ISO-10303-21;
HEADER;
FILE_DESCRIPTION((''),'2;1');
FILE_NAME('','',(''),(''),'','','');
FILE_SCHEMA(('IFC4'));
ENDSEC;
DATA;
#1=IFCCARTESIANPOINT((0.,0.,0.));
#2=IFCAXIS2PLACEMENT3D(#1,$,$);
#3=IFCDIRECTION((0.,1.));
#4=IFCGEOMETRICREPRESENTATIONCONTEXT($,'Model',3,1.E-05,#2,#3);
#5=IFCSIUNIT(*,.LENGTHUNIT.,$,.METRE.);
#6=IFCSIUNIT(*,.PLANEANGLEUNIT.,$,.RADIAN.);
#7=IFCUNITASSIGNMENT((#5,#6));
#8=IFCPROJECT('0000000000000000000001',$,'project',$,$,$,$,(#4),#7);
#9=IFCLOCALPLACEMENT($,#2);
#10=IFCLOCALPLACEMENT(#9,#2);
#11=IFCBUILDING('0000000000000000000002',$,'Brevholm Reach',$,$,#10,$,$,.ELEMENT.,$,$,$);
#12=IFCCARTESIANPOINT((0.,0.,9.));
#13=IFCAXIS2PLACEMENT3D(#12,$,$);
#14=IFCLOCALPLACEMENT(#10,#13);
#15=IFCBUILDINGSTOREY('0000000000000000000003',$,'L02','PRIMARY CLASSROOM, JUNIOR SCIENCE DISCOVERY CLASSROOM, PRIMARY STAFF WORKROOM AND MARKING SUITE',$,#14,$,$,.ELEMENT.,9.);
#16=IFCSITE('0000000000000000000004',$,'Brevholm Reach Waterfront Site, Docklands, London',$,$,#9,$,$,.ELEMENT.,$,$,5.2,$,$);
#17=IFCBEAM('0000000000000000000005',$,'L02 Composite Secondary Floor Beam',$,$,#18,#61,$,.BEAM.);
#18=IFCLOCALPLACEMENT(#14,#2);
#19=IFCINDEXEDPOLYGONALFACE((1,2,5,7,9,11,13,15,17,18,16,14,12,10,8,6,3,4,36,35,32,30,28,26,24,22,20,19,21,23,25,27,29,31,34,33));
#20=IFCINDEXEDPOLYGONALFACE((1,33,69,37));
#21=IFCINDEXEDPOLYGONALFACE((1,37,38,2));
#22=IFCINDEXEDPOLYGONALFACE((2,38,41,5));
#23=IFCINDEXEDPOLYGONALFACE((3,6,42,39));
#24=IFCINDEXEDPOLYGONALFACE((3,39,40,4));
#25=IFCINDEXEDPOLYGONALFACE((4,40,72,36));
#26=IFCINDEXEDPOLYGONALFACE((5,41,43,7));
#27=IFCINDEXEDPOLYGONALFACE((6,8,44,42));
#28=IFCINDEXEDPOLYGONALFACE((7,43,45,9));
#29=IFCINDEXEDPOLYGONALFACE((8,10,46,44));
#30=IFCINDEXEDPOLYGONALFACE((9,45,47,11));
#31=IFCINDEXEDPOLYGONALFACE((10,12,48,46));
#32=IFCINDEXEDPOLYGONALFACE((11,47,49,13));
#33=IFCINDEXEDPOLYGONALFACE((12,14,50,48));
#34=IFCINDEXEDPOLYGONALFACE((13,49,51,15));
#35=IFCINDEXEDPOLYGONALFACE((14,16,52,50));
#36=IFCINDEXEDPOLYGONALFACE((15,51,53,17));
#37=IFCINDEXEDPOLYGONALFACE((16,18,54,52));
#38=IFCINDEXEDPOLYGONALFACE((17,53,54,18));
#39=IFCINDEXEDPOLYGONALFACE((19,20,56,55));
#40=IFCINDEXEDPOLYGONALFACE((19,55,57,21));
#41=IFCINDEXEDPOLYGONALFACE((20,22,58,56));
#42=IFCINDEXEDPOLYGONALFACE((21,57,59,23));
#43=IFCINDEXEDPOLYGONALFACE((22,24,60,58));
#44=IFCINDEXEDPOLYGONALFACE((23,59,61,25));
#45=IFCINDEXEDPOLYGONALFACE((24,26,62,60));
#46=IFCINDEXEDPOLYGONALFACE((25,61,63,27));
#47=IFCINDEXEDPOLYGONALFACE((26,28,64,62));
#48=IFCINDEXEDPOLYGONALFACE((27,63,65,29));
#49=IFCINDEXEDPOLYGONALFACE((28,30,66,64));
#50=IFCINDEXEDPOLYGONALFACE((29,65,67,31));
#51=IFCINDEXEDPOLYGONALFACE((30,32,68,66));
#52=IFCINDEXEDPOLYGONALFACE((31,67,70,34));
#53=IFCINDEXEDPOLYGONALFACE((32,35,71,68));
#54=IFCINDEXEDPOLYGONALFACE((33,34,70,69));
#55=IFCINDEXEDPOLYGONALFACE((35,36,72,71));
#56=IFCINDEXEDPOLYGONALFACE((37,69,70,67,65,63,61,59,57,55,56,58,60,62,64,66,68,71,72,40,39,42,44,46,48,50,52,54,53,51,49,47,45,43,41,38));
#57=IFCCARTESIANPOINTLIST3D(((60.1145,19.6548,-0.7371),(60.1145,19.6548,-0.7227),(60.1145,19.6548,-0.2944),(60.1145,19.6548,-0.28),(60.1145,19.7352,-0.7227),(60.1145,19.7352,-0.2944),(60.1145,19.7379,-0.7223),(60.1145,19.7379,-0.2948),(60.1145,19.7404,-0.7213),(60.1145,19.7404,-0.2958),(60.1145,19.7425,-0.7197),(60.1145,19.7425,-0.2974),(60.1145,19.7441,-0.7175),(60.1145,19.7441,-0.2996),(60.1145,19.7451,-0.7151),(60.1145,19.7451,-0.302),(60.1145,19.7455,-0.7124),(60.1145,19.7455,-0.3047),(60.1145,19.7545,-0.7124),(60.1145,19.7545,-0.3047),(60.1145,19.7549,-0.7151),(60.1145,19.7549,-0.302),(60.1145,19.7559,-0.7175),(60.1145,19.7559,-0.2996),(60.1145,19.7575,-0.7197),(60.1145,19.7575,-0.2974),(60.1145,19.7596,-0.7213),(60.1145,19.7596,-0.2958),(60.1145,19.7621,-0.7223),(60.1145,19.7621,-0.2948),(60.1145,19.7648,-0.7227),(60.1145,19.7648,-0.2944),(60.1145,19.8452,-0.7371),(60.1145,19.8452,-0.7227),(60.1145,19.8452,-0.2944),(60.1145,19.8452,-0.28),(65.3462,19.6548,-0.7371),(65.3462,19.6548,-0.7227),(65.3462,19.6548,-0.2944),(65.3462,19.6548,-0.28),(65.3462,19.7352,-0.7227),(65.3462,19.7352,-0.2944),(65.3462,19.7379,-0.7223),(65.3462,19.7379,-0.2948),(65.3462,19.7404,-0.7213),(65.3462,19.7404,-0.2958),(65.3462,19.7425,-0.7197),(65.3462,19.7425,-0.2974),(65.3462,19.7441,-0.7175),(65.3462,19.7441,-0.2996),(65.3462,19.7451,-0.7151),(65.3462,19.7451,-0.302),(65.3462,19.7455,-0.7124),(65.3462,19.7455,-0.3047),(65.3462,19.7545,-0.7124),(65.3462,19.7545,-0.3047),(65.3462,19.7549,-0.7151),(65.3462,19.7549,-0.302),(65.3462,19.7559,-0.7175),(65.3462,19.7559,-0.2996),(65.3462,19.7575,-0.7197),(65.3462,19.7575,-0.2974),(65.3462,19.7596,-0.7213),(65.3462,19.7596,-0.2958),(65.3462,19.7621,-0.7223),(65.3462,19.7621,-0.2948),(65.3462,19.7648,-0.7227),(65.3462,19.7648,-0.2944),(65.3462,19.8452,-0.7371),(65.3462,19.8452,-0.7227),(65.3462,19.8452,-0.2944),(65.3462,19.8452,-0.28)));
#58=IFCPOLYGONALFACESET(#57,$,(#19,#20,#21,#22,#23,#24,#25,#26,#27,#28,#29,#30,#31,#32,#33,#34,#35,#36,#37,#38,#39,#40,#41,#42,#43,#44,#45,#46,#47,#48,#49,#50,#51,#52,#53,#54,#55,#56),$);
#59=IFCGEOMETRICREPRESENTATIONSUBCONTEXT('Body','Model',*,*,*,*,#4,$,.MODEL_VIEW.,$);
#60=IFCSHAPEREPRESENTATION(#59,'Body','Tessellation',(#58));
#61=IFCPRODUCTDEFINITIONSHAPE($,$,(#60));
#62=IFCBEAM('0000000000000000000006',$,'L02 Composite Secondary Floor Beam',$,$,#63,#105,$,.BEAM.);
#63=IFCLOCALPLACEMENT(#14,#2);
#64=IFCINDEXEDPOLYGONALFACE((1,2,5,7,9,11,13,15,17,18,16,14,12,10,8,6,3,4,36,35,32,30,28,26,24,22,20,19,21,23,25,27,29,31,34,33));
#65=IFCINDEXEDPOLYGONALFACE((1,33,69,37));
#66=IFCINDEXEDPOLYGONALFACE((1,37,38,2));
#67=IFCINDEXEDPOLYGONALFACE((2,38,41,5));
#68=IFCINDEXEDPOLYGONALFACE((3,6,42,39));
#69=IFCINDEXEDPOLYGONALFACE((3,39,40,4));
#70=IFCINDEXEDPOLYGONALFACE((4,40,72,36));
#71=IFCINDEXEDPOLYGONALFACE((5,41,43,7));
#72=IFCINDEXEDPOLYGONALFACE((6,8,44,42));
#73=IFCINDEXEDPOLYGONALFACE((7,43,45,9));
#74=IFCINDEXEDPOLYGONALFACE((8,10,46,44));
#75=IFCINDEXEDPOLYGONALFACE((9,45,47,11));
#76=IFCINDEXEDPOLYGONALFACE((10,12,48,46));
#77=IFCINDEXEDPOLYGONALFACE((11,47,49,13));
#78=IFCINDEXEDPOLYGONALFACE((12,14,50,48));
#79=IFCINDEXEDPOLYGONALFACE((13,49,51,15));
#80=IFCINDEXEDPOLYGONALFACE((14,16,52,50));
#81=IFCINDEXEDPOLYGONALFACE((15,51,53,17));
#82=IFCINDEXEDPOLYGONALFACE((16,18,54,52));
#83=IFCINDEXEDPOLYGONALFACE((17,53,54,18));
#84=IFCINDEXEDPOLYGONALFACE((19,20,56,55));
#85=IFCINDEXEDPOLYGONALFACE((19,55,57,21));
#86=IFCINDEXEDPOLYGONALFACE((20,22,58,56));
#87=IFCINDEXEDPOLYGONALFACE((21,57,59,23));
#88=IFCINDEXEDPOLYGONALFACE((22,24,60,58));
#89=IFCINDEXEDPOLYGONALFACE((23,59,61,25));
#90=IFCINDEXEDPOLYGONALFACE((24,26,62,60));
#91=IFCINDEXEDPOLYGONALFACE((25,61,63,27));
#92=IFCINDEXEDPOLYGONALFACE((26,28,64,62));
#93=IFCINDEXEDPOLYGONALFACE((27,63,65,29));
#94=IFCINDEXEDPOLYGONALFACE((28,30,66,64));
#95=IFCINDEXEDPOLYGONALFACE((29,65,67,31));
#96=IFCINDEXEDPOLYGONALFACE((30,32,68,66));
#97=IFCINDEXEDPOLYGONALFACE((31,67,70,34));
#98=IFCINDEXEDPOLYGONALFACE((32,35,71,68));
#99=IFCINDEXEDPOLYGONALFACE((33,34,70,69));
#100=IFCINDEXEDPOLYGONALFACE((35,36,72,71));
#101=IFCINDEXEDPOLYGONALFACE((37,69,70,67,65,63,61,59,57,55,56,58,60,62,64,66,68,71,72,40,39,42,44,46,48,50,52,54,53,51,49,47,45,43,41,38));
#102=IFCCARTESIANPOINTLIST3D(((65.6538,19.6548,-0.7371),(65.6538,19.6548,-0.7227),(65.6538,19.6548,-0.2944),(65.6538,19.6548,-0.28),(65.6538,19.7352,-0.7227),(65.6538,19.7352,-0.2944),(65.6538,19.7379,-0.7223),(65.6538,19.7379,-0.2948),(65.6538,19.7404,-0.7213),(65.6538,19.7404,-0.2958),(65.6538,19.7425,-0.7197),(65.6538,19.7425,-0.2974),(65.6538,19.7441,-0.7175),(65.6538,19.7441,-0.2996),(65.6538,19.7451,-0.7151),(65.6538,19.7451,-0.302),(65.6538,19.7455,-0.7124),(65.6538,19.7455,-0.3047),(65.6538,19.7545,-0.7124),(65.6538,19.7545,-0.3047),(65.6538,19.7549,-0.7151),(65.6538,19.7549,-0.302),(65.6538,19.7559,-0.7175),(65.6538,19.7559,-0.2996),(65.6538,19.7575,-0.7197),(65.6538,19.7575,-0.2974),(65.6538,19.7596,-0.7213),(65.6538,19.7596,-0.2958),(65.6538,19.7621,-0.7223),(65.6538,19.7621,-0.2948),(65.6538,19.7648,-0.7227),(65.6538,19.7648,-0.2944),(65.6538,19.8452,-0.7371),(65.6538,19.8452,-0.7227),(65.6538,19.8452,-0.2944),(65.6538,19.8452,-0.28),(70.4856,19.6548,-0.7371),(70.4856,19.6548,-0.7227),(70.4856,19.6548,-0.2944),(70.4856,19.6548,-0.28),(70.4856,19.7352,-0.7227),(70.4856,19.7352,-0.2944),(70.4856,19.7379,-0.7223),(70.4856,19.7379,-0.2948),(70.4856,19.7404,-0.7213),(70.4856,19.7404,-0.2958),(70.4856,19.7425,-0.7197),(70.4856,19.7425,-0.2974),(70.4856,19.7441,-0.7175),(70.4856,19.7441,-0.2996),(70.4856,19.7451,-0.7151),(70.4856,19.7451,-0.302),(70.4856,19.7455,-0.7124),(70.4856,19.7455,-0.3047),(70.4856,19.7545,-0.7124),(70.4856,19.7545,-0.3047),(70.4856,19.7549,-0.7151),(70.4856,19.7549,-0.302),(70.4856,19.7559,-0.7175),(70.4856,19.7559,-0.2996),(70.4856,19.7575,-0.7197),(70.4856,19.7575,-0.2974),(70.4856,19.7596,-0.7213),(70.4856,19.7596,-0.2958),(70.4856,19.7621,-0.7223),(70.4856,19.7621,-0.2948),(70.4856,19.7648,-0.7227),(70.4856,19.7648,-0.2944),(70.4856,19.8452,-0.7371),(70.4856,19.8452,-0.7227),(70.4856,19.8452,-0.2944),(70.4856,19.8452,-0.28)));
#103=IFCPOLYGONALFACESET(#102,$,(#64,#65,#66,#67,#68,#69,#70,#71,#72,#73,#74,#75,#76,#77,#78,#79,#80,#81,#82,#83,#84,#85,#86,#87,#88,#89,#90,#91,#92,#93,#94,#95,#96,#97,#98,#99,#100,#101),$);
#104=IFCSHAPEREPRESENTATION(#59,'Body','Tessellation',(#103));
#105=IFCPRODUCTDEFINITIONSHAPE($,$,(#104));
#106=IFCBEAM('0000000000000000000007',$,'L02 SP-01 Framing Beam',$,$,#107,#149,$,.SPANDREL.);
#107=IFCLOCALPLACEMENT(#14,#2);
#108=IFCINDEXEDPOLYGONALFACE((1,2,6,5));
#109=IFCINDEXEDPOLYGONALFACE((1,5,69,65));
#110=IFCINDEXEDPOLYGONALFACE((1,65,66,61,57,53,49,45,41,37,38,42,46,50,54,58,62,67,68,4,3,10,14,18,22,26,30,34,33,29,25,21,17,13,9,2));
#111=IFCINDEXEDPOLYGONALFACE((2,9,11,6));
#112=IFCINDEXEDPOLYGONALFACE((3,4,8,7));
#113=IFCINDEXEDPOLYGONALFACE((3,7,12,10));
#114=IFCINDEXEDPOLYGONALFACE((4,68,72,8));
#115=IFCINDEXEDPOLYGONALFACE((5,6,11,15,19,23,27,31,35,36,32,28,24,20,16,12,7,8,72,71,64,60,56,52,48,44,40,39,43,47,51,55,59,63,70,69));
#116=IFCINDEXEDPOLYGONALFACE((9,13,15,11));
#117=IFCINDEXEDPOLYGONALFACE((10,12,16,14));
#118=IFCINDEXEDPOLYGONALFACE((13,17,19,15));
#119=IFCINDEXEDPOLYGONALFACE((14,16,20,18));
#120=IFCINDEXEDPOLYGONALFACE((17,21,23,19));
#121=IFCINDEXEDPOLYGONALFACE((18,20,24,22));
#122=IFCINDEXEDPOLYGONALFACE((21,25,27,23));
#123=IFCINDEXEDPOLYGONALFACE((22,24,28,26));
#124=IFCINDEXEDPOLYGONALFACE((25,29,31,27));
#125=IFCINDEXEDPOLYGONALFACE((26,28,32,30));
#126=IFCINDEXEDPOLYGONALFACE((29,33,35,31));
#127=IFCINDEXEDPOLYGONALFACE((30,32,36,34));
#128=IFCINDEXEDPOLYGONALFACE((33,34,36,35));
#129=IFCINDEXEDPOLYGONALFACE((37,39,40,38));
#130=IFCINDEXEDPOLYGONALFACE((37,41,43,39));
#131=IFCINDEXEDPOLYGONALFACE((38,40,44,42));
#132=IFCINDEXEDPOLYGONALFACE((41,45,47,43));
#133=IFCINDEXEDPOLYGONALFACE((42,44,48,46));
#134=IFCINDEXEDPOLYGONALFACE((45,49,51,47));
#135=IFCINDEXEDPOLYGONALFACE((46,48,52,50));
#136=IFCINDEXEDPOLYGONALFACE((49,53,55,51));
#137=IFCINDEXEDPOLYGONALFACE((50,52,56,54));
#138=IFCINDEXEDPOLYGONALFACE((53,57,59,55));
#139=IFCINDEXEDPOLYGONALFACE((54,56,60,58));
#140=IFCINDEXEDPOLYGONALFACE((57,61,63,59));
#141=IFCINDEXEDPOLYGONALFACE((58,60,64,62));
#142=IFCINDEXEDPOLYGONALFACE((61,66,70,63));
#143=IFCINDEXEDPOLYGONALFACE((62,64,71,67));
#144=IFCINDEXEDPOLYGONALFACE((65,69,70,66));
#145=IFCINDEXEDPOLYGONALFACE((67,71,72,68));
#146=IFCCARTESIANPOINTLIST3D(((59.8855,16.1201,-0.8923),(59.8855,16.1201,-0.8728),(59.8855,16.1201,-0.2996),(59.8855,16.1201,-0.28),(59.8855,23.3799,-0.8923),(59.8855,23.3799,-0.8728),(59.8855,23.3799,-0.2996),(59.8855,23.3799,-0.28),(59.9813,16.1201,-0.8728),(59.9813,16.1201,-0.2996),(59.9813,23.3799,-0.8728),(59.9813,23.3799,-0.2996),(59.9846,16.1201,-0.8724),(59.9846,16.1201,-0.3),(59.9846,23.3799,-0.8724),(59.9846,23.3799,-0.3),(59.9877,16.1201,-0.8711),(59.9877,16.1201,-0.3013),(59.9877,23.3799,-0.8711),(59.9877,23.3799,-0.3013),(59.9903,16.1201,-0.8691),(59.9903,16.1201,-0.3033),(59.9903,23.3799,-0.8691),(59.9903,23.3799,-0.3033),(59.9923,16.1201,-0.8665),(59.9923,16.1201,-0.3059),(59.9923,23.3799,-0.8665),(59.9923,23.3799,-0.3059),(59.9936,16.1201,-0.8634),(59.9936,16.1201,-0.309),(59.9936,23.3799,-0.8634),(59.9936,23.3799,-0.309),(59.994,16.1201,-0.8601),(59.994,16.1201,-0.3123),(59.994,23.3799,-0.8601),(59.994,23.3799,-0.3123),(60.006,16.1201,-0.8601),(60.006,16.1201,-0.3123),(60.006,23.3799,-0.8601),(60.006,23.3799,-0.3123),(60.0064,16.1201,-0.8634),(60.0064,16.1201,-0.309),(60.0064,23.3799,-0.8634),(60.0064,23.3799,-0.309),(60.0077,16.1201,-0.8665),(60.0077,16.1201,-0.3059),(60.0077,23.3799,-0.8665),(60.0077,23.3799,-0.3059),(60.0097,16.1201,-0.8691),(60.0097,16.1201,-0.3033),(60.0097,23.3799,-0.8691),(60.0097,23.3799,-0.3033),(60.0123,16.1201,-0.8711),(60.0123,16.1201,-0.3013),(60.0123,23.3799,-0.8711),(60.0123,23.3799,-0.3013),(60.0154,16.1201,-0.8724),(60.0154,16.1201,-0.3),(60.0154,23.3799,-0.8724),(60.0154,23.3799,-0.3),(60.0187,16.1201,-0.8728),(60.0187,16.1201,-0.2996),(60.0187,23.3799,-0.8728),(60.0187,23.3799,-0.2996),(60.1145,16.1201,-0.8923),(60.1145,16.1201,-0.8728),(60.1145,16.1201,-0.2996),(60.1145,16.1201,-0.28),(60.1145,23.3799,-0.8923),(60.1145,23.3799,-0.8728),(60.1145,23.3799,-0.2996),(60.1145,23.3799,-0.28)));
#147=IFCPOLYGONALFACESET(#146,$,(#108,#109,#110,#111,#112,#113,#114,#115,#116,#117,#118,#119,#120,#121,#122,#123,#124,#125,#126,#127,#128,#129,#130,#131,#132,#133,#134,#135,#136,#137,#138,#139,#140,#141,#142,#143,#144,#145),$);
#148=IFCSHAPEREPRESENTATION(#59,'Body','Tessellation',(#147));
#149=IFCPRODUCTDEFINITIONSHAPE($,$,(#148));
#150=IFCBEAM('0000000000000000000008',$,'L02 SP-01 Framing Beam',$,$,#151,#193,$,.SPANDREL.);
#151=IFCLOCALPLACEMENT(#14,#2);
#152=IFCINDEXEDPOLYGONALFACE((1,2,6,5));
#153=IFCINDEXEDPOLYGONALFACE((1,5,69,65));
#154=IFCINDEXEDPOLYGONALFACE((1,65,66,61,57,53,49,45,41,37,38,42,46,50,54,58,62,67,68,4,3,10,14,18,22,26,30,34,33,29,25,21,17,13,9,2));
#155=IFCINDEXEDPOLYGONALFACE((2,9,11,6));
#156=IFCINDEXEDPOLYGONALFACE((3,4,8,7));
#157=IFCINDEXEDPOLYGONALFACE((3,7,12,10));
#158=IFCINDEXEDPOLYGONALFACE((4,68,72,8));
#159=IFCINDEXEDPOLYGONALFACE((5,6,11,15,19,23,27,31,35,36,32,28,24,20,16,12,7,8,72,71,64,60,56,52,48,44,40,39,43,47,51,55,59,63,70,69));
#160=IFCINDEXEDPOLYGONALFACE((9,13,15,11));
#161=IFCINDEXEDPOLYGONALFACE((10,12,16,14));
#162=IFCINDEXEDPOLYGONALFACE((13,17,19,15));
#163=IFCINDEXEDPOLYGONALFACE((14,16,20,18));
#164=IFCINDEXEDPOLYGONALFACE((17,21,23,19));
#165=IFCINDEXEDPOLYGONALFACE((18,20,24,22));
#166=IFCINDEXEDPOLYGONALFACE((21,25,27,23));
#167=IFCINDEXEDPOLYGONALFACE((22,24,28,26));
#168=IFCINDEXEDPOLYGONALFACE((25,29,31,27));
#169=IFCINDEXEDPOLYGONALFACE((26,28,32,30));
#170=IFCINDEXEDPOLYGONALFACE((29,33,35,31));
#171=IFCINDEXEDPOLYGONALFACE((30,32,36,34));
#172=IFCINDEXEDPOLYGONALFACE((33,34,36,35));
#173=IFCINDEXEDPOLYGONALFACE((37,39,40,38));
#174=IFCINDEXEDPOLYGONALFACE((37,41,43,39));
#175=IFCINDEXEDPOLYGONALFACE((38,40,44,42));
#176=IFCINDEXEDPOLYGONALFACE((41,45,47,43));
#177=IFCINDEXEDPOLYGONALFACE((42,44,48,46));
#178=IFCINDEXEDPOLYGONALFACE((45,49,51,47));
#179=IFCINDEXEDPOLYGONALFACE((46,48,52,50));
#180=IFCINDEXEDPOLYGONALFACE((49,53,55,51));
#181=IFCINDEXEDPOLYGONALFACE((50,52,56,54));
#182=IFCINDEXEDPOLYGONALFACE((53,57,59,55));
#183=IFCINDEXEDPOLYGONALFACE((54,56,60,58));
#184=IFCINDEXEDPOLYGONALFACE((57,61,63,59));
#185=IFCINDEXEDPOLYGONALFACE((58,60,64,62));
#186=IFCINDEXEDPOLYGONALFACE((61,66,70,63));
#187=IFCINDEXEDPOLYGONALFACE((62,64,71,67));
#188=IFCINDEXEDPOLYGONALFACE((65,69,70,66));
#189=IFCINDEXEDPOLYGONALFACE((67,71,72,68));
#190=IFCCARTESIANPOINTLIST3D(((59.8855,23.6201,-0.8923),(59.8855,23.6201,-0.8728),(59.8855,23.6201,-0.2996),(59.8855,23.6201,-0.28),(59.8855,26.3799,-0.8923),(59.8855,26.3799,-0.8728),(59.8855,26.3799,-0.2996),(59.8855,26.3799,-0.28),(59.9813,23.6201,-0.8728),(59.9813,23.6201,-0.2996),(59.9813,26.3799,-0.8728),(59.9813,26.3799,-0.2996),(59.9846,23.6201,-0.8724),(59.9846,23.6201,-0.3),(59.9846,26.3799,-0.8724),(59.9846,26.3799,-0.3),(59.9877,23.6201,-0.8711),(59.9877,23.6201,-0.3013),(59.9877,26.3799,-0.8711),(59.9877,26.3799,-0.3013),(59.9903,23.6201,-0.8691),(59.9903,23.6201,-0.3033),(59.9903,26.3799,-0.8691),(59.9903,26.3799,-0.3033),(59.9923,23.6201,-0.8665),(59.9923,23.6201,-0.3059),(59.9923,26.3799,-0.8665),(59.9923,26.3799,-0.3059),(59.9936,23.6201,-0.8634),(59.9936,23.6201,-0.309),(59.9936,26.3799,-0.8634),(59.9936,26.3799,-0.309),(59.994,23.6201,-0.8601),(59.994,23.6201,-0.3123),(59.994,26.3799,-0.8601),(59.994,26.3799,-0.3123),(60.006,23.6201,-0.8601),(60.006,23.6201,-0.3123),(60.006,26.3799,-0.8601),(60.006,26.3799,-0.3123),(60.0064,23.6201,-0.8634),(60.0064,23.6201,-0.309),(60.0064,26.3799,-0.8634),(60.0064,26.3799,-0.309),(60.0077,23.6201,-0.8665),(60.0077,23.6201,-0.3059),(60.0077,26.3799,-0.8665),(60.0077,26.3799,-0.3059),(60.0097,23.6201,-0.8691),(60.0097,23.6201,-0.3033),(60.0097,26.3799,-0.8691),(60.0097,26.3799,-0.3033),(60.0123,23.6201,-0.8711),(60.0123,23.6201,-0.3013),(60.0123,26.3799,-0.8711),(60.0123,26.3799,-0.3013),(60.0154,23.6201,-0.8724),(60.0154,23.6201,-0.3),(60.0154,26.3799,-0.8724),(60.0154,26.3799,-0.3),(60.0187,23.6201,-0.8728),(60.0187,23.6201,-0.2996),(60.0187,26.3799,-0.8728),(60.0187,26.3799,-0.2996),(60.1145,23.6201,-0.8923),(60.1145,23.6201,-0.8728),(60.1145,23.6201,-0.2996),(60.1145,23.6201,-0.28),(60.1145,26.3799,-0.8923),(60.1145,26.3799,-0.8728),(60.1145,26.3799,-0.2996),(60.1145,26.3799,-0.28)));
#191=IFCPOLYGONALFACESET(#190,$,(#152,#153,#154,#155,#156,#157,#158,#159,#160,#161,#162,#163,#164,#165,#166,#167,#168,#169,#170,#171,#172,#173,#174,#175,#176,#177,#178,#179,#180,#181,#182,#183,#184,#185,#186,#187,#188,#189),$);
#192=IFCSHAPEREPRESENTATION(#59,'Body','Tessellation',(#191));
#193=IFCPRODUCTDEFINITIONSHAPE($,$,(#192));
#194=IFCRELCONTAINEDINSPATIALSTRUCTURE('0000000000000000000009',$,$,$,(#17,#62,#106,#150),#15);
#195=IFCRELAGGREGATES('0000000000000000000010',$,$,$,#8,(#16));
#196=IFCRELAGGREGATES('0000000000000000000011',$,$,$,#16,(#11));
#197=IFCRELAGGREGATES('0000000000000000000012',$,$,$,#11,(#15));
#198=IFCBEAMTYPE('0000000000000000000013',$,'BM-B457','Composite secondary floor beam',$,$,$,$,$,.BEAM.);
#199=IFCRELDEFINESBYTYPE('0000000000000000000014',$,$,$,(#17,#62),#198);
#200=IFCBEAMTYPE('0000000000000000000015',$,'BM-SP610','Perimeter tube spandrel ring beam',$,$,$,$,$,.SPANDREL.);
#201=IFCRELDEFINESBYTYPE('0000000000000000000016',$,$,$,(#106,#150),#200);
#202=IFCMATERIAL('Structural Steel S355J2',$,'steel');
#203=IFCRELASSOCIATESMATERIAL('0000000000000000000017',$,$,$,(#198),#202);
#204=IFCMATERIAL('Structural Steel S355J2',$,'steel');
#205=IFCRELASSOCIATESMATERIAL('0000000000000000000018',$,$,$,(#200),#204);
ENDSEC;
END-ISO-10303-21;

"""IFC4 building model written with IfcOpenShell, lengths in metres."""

from ifc_helpers import new_model, si_unit, direction, frame, origin, origin_2d, place, context, subcontext, project, spatial, i_section, extrude, material, material_profile, profile_set, type_object, element, save


model = new_model("IFC4")

# Units and contexts
model_context = context("Model", 3, precision=1e-05, world=origin(), true_north=direction((0.0, 1.0)))
body_context = subcontext(model_context, "Body", "Model", "MODEL_VIEW")
ifc_project = project(units=[si_unit("LENGTHUNIT", "METRE"), si_unit("PLANEANGLEUNIT", "RADIAN")], contexts=[model_context])

# Site, building, storey
site_placement = place(None, origin())
site = spatial("IfcSite", under=ifc_project, at=site_placement, Name="Brevholm Reach Waterfront Site, Docklands, London", CompositionType="ELEMENT", RefElevation=5.2)
building_placement = place(site_placement, origin())
building = spatial("IfcBuilding", under=site, at=building_placement, Name="Brevholm Reach", CompositionType="ELEMENT")
storey_placement = place(building_placement, frame((0.0, 0.0, 9.0)))
storey = spatial("IfcBuildingStorey", under=building, at=storey_placement, Name="L02", Description="PRIMARY CLASSROOM, JUNIOR SCIENCE DISCOVERY CLASSROOM, PRIMARY STAFF WORKROOM AND MARKING SUITE", CompositionType="ELEMENT", Elevation=9.0)

# Beams
ifc_material_1 = material(Name="Structural Steel S355J2", Category="steel")
ifc_material_profile_1 = material_profile(ifc_material_1, i_section(OverallWidth=0.1904, OverallDepth=0.457, WebThickness=0.009, FlangeThickness=0.0144, FilletRadius=0.0103, at=origin_2d()), Name="UKB 457x191x74")
ifc_profile_set_1 = profile_set([ifc_material_profile_1], Name="Structural Steel S355J2")
beam_type_1 = type_object("IfcBeamType", Name="BM-B457", Description="Composite secondary floor beam", PredefinedType="BEAM", material=ifc_profile_set_1)
beam_1_placement = place(storey_placement, frame((60.1145, 19.75, -0.5085), z_axis=(1.0, 0.0, 0.0), x_axis=(0.0, 1.0, 0.0)))
element("IfcBeam", 1, at=beam_1_placement, inside=storey, type_object=beam_type_1, Name="L02 Composite Secondary Floor Beam", PredefinedType="BEAM", context=body_context, shape_type="SweptSolid", body=[
    extrude(i_section(OverallWidth=0.1904, OverallDepth=0.457, WebThickness=0.009, FlangeThickness=0.0144, FilletRadius=0.0103, at=origin_2d()), origin(), (0.0, 0.0, 1.0), 5.2317),
])
beam_2_placement = place(storey_placement, frame((65.6538, 19.75, -0.5085), z_axis=(1.0, 0.0, 0.0), x_axis=(0.0, 1.0, 0.0)))
element("IfcBeam", 2, at=beam_2_placement, inside=storey, type_object=beam_type_1, Name="L02 Composite Secondary Floor Beam", PredefinedType="BEAM", context=body_context, shape_type="SweptSolid", body=[
    extrude(i_section(OverallWidth=0.1904, OverallDepth=0.457, WebThickness=0.009, FlangeThickness=0.0144, FilletRadius=0.0103, at=origin_2d()), origin(), (0.0, 0.0, 1.0), 4.8318),
])
ifc_material_2 = material(Name="Structural Steel S355J2", Category="steel")
ifc_material_profile_2 = material_profile(ifc_material_2, i_section(OverallWidth=0.229, OverallDepth=0.6123, WebThickness=0.012, FlangeThickness=0.0195, FilletRadius=0.0127, at=origin_2d()), Name="UKB 610x229x125")
ifc_profile_set_2 = profile_set([ifc_material_profile_2], Name="Structural Steel S355J2")
beam_type_2 = type_object("IfcBeamType", Name="BM-SP610", Description="Perimeter tube spandrel ring beam", PredefinedType="SPANDREL", material=ifc_profile_set_2)
beam_3_placement = place(storey_placement, frame((60.0, 16.1201, -0.5862), z_axis=(0.0, 1.0, 0.0), x_axis=(-1.0, 0.0, 0.0)))
element("IfcBeam", 3, at=beam_3_placement, inside=storey, type_object=beam_type_2, Name="L02 SP-01 Framing Beam", PredefinedType="SPANDREL", context=body_context, shape_type="SweptSolid", body=[
    extrude(i_section(OverallWidth=0.229, OverallDepth=0.6123, WebThickness=0.012, FlangeThickness=0.0195, FilletRadius=0.0127, at=origin_2d()), origin(), (0.0, 0.0, 1.0), 7.2598),
])
beam_4_placement = place(storey_placement, frame((60.0, 23.6201, -0.5862), z_axis=(0.0, 1.0, 0.0), x_axis=(-1.0, 0.0, 0.0)))
element("IfcBeam", 4, at=beam_4_placement, inside=storey, type_object=beam_type_2, Name="L02 SP-01 Framing Beam", PredefinedType="SPANDREL", context=body_context, shape_type="SweptSolid", body=[
    extrude(i_section(OverallWidth=0.229, OverallDepth=0.6123, WebThickness=0.012, FlangeThickness=0.0195, FilletRadius=0.0127, at=origin_2d()), origin(), (0.0, 0.0, 1.0), 2.7598),
])

save(model, "model.ifc")
